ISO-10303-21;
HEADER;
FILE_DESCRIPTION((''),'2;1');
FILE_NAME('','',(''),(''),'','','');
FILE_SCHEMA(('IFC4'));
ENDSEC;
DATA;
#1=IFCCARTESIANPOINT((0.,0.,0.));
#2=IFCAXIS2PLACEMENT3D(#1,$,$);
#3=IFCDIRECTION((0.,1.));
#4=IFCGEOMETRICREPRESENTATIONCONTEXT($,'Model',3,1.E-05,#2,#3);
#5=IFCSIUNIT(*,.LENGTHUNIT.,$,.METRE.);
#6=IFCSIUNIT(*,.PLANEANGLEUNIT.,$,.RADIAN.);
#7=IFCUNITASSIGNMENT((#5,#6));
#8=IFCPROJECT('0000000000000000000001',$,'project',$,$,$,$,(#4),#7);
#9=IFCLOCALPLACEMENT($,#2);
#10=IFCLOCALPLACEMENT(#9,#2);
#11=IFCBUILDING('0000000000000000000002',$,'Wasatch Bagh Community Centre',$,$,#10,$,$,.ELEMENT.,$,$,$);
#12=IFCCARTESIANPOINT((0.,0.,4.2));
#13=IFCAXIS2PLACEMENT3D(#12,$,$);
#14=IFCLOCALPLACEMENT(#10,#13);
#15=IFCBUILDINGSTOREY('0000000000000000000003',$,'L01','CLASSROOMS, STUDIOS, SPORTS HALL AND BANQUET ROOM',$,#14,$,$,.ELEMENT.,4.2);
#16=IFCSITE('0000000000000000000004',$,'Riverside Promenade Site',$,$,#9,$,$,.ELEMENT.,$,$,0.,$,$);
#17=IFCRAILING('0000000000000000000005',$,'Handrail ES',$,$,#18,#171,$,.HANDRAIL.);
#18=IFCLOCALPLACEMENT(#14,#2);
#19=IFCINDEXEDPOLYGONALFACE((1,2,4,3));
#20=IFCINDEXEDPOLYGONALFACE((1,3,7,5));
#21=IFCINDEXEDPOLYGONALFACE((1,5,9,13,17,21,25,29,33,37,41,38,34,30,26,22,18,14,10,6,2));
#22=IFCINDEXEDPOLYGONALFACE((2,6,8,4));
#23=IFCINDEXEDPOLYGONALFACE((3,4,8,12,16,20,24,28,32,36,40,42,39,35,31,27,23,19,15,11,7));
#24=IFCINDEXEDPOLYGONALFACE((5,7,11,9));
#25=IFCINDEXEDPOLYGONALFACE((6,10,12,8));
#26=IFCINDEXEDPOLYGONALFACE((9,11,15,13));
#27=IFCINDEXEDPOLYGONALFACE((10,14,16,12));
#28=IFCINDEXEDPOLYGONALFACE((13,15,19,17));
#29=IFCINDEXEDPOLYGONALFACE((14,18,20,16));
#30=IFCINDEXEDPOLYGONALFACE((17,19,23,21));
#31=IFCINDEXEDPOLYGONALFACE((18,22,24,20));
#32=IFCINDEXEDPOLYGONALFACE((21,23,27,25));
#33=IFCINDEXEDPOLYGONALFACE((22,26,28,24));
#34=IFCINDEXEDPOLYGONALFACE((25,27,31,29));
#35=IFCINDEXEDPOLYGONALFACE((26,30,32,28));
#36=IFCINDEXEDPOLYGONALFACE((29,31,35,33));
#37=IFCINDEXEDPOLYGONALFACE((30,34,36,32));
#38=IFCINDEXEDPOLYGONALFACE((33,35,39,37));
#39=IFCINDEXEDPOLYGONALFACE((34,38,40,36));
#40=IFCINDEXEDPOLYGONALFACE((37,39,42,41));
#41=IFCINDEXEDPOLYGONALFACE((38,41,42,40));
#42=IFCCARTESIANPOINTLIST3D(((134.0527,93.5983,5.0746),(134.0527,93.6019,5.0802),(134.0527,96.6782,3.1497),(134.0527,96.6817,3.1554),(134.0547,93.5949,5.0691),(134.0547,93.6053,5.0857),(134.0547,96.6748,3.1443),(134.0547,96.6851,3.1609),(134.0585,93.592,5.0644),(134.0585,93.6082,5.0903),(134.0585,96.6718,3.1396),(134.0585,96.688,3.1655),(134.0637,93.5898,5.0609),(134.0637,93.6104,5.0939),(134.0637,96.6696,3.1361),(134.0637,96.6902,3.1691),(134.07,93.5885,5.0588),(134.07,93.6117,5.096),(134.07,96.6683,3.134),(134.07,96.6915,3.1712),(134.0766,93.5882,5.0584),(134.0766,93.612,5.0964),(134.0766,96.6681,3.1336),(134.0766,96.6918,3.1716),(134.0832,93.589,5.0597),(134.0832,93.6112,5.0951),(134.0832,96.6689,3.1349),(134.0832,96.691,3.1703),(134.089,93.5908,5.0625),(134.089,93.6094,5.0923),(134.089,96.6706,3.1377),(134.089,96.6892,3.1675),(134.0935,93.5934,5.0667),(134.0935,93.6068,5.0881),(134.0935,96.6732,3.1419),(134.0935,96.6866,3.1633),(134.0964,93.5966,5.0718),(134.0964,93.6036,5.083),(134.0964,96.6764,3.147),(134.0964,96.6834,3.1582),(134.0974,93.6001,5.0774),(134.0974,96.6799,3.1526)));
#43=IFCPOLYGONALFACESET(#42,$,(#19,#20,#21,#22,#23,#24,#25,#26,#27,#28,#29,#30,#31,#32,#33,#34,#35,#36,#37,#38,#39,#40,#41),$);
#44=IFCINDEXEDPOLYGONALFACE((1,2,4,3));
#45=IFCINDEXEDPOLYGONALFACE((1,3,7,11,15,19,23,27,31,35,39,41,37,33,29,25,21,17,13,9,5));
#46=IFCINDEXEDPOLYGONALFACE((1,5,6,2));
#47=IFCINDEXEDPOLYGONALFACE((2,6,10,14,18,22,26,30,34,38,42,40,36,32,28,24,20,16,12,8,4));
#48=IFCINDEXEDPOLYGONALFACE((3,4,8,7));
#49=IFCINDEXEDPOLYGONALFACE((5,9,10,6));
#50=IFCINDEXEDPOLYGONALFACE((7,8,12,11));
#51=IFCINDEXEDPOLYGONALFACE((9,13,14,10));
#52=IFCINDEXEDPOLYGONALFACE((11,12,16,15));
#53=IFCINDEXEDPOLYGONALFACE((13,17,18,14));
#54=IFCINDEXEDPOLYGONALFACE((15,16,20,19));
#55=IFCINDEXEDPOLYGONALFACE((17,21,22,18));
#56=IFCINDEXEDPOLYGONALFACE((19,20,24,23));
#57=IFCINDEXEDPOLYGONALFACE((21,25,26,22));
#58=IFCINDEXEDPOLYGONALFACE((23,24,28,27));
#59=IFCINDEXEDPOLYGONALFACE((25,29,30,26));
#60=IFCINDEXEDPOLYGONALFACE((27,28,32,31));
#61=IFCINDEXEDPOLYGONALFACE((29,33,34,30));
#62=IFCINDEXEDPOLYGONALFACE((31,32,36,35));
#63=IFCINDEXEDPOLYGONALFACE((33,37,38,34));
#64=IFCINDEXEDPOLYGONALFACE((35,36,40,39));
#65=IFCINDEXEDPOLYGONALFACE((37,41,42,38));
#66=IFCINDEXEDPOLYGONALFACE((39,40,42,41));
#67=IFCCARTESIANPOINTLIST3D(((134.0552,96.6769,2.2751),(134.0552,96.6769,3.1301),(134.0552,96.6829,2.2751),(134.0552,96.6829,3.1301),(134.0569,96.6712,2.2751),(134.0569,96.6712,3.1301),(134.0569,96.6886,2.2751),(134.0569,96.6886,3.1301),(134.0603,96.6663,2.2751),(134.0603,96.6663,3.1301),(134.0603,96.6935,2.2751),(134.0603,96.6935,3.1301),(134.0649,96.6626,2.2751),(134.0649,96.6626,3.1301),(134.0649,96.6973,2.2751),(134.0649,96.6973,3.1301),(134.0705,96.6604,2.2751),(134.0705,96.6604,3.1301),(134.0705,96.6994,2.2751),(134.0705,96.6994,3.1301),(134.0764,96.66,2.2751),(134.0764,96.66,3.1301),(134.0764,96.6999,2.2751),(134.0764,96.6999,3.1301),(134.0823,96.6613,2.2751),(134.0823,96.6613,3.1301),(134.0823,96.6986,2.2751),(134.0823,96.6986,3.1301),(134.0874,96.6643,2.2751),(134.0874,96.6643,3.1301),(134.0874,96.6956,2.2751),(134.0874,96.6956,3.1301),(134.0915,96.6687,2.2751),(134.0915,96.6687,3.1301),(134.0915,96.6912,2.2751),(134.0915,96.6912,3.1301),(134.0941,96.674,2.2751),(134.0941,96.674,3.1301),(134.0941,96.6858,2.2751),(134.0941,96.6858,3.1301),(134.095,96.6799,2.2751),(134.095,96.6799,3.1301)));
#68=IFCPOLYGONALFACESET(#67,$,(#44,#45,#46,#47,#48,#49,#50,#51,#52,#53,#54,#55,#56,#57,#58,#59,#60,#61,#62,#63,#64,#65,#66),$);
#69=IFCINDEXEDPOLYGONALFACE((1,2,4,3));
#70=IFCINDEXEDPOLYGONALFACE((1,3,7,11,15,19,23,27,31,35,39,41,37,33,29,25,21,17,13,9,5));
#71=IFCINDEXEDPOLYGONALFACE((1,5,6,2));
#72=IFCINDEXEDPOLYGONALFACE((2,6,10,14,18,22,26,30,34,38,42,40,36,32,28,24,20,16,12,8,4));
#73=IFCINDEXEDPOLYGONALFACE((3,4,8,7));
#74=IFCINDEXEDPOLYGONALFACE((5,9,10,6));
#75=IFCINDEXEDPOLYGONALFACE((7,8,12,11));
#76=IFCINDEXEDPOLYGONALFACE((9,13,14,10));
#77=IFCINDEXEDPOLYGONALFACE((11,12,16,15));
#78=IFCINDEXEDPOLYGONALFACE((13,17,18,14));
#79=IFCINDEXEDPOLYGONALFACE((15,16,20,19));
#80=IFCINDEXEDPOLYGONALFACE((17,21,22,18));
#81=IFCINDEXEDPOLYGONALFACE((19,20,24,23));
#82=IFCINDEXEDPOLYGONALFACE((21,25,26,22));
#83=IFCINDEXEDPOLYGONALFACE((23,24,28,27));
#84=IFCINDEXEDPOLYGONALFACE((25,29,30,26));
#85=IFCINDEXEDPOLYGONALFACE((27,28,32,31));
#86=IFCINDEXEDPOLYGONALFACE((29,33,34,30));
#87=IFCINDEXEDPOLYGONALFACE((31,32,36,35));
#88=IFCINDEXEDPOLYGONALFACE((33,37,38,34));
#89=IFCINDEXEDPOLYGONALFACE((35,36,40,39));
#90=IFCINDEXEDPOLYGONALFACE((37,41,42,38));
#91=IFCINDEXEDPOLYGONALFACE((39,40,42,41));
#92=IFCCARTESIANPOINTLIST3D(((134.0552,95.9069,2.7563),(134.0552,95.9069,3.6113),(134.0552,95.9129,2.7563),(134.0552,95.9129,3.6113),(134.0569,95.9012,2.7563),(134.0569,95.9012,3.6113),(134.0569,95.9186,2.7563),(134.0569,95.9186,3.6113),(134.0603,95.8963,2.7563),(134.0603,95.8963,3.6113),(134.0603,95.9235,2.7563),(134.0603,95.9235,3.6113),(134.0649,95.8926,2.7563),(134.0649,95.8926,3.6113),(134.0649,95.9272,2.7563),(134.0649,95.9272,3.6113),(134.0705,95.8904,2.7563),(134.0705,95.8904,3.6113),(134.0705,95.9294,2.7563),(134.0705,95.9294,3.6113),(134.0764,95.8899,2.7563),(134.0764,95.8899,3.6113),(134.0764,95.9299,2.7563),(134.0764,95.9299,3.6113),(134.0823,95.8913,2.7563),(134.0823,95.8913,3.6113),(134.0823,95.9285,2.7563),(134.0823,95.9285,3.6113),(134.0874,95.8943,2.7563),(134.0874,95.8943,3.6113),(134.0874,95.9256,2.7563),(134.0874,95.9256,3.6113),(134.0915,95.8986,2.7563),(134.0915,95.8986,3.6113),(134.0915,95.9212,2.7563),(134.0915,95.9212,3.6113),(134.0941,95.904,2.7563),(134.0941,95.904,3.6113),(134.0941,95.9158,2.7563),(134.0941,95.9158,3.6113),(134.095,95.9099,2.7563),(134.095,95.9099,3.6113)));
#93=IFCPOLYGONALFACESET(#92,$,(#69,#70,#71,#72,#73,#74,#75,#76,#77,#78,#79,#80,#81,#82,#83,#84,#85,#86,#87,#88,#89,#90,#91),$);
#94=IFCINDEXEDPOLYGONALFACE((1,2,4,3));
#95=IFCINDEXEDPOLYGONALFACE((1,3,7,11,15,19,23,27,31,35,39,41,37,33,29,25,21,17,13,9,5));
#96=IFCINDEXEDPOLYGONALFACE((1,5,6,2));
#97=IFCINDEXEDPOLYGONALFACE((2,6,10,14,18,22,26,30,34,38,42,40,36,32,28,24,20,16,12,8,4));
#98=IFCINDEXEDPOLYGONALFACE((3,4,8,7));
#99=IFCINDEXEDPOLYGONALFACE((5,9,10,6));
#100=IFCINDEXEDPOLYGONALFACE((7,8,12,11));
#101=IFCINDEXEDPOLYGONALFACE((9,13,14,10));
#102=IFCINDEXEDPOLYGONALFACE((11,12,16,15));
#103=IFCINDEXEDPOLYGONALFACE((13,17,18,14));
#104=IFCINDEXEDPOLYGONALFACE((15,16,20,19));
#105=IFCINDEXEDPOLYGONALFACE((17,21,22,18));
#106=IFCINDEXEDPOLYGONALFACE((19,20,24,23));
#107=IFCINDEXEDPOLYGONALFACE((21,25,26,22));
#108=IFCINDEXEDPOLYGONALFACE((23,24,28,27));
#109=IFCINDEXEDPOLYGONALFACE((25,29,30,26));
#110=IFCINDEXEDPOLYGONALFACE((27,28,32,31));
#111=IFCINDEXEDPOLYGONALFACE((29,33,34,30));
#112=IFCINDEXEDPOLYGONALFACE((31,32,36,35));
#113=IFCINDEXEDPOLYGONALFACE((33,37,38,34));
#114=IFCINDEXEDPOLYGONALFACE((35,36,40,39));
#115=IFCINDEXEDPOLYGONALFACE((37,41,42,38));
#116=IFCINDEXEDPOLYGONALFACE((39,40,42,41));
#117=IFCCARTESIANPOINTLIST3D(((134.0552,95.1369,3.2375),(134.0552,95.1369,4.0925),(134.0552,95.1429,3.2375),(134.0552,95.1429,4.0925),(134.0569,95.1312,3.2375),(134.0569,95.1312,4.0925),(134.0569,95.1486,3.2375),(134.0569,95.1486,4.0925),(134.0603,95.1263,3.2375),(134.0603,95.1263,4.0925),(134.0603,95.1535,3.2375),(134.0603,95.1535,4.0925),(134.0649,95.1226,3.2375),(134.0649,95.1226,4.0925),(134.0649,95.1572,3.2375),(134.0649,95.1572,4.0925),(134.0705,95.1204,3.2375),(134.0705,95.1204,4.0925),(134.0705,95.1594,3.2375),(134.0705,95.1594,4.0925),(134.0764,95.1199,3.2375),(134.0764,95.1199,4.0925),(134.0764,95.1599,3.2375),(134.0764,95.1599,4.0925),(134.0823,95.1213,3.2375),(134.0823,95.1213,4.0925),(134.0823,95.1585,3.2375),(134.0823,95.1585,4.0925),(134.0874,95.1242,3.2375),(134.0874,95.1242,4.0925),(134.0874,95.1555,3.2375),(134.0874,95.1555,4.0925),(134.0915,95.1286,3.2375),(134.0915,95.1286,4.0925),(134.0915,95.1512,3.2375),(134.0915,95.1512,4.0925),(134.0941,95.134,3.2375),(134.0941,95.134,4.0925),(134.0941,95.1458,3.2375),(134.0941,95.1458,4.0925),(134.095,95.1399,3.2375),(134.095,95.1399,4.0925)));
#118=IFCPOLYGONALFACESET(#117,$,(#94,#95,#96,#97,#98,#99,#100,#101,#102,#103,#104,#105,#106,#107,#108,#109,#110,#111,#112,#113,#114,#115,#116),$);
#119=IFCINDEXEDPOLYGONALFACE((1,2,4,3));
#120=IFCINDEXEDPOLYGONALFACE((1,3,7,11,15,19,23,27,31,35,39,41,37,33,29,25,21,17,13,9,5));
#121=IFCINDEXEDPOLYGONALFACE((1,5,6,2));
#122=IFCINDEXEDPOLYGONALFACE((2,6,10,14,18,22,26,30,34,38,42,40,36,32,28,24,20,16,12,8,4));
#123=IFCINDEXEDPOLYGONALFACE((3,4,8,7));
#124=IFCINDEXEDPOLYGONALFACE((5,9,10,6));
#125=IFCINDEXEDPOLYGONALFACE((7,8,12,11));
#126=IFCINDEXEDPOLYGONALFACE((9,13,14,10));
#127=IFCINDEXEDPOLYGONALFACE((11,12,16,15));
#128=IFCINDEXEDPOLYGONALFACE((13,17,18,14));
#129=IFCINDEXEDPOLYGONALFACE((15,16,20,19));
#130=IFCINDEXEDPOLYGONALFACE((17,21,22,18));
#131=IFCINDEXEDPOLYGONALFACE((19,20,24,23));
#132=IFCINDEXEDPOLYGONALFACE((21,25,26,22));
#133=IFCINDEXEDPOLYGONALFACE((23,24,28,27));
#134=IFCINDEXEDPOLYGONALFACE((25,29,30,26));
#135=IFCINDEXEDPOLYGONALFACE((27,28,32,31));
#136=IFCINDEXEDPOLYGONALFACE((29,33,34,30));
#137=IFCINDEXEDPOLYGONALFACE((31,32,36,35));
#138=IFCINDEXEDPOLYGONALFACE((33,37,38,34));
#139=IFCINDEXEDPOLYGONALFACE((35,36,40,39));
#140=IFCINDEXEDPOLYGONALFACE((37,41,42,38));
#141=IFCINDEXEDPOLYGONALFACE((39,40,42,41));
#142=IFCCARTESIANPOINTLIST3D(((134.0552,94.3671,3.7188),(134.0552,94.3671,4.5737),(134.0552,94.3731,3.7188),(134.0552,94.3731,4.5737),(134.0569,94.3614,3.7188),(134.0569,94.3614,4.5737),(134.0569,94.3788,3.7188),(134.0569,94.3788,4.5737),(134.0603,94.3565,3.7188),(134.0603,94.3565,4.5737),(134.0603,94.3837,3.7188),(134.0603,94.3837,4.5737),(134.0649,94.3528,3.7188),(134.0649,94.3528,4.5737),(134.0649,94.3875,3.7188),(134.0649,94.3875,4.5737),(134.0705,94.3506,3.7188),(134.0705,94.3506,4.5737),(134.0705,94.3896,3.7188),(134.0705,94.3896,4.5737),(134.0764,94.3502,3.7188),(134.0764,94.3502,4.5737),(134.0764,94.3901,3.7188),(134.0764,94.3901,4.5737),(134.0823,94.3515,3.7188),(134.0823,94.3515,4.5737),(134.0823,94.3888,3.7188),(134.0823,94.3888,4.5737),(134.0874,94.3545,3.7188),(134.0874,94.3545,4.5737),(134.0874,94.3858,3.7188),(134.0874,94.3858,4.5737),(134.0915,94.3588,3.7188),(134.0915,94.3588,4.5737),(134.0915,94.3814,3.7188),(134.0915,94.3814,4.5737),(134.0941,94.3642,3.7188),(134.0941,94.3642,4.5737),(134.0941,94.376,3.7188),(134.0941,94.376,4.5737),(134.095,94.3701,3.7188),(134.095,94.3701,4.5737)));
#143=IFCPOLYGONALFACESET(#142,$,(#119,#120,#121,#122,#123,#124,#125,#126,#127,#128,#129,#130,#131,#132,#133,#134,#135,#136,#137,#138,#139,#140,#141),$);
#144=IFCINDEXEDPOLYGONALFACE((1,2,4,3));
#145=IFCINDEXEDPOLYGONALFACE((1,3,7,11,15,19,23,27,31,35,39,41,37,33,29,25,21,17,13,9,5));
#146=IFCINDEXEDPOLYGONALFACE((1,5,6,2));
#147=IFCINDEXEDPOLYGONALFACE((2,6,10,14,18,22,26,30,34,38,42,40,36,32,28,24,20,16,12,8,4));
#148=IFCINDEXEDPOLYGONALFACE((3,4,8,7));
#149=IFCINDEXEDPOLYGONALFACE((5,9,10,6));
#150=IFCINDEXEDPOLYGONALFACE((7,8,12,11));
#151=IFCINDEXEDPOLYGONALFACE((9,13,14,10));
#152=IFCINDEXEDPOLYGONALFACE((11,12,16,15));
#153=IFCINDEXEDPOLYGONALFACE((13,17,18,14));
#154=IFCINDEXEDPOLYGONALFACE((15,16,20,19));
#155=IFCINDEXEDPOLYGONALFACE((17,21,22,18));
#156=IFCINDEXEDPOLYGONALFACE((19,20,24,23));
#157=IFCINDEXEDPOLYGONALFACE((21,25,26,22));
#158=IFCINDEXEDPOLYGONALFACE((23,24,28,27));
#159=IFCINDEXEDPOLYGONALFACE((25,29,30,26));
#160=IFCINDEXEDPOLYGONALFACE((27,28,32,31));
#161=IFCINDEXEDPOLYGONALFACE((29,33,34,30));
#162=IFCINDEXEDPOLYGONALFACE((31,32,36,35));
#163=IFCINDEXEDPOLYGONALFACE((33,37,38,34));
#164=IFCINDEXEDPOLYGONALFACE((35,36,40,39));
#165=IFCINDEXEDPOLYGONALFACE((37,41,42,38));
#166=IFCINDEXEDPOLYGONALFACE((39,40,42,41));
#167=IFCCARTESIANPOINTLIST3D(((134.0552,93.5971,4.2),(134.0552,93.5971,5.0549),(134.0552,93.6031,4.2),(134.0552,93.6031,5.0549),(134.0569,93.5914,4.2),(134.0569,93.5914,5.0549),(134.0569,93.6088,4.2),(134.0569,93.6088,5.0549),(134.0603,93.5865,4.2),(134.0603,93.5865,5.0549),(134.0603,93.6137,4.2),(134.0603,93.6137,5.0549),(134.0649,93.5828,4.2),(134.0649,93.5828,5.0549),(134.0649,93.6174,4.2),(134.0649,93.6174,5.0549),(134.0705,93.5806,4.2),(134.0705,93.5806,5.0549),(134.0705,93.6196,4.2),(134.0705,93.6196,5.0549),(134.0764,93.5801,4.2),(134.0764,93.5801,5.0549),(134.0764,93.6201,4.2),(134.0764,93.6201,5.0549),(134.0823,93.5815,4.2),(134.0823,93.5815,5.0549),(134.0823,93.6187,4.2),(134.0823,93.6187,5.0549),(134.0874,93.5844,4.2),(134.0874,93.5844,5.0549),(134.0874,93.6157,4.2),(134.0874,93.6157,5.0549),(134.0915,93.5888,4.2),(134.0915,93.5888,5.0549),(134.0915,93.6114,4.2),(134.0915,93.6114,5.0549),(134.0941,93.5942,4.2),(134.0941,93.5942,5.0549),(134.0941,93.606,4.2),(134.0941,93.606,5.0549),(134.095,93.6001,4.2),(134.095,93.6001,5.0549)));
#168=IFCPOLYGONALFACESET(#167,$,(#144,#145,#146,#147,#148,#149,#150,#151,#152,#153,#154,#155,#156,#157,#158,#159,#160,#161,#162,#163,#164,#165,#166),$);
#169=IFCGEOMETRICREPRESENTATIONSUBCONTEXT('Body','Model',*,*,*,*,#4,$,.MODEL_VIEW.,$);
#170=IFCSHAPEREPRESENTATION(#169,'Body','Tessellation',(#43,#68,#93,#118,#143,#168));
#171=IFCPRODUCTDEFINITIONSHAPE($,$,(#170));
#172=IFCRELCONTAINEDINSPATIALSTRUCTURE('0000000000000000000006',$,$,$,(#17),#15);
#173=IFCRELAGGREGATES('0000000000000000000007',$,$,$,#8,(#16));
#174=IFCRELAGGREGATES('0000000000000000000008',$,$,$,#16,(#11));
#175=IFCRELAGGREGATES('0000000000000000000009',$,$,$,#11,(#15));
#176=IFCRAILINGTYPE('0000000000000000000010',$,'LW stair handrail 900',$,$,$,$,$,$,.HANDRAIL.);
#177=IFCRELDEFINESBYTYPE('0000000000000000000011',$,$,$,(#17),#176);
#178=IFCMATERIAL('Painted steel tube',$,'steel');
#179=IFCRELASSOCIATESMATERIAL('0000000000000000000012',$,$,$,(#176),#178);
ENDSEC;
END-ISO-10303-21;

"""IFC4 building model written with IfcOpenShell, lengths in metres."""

from ifc_helpers import new_model, si_unit, direction, frame, origin, origin_2d, place, context, subcontext, project, spatial, circle, extrude, material, type_object, element, save


model = new_model("IFC4")

# Units and contexts
model_context = context("Model", 3, precision=1e-05, world=origin(), true_north=direction((0.0, 1.0)))
body_context = subcontext(model_context, "Body", "Model", "MODEL_VIEW")
ifc_project = project(units=[si_unit("LENGTHUNIT", "METRE"), si_unit("PLANEANGLEUNIT", "RADIAN")], contexts=[model_context])

# Site, building, storey
site_placement = place(None, origin())
site = spatial("IfcSite", under=ifc_project, at=site_placement, Name="Riverside Promenade Site", CompositionType="ELEMENT", RefElevation=0.0)
building_placement = place(site_placement, origin())
building = spatial("IfcBuilding", under=site, at=building_placement, Name="Wasatch Bagh Community Centre", CompositionType="ELEMENT")
storey_placement = place(building_placement, frame((0.0, 0.0, 4.2)))
storey = spatial("IfcBuildingStorey", under=building, at=storey_placement, Name="L01", Description="CLASSROOMS, STUDIOS, SPORTS HALL AND BANQUET ROOM", CompositionType="ELEMENT", Elevation=4.2)

# Railing
ifc_material_1 = material(Name="Painted steel tube", Category="steel")
railing_type_1 = type_object("IfcRailingType", Name="LW stair handrail 900", PredefinedType="HANDRAIL", material=ifc_material_1)
for number, where, name in (
    (1, (134.075, 96.6799, 2.2751), "Handrail ES"),
):
    element("IfcRailing", number, at=place(storey_placement, frame(where)), inside=storey, type_object=railing_type_1, Name=name, PredefinedType="HANDRAIL", context=body_context, shape_type="SweptSolid", body=[
        extrude(circle(Radius=0.0225, at=origin_2d()), frame((0.0, 0.0, 0.8774), z_axis=(0.0, -0.84801, 0.529981), x_axis=(1.0, 0.0, 0.0)), (0.0, 0.0, 1.0), 3.6318),
        extrude(circle(Radius=0.02, at=origin_2d()), origin(), (0.0, 0.0, 1.0), 0.855),
        extrude(circle(Radius=0.02, at=origin_2d()), frame((0.0, -0.77, 0.4812)), (0.0, 0.0, 1.0), 0.855),
        extrude(circle(Radius=0.02, at=origin_2d()), frame((0.0, -1.54, 0.9624)), (0.0, 0.0, 1.0), 0.855),
        extrude(circle(Radius=0.02, at=origin_2d()), frame((0.0, -2.3098, 1.4436)), (0.0, 0.0, 1.0), 0.855),
        extrude(circle(Radius=0.02, at=origin_2d()), frame((0.0, -3.0798, 1.9248)), (0.0, 0.0, 1.0), 0.855),
    ])

save(model, "model.ifc")
